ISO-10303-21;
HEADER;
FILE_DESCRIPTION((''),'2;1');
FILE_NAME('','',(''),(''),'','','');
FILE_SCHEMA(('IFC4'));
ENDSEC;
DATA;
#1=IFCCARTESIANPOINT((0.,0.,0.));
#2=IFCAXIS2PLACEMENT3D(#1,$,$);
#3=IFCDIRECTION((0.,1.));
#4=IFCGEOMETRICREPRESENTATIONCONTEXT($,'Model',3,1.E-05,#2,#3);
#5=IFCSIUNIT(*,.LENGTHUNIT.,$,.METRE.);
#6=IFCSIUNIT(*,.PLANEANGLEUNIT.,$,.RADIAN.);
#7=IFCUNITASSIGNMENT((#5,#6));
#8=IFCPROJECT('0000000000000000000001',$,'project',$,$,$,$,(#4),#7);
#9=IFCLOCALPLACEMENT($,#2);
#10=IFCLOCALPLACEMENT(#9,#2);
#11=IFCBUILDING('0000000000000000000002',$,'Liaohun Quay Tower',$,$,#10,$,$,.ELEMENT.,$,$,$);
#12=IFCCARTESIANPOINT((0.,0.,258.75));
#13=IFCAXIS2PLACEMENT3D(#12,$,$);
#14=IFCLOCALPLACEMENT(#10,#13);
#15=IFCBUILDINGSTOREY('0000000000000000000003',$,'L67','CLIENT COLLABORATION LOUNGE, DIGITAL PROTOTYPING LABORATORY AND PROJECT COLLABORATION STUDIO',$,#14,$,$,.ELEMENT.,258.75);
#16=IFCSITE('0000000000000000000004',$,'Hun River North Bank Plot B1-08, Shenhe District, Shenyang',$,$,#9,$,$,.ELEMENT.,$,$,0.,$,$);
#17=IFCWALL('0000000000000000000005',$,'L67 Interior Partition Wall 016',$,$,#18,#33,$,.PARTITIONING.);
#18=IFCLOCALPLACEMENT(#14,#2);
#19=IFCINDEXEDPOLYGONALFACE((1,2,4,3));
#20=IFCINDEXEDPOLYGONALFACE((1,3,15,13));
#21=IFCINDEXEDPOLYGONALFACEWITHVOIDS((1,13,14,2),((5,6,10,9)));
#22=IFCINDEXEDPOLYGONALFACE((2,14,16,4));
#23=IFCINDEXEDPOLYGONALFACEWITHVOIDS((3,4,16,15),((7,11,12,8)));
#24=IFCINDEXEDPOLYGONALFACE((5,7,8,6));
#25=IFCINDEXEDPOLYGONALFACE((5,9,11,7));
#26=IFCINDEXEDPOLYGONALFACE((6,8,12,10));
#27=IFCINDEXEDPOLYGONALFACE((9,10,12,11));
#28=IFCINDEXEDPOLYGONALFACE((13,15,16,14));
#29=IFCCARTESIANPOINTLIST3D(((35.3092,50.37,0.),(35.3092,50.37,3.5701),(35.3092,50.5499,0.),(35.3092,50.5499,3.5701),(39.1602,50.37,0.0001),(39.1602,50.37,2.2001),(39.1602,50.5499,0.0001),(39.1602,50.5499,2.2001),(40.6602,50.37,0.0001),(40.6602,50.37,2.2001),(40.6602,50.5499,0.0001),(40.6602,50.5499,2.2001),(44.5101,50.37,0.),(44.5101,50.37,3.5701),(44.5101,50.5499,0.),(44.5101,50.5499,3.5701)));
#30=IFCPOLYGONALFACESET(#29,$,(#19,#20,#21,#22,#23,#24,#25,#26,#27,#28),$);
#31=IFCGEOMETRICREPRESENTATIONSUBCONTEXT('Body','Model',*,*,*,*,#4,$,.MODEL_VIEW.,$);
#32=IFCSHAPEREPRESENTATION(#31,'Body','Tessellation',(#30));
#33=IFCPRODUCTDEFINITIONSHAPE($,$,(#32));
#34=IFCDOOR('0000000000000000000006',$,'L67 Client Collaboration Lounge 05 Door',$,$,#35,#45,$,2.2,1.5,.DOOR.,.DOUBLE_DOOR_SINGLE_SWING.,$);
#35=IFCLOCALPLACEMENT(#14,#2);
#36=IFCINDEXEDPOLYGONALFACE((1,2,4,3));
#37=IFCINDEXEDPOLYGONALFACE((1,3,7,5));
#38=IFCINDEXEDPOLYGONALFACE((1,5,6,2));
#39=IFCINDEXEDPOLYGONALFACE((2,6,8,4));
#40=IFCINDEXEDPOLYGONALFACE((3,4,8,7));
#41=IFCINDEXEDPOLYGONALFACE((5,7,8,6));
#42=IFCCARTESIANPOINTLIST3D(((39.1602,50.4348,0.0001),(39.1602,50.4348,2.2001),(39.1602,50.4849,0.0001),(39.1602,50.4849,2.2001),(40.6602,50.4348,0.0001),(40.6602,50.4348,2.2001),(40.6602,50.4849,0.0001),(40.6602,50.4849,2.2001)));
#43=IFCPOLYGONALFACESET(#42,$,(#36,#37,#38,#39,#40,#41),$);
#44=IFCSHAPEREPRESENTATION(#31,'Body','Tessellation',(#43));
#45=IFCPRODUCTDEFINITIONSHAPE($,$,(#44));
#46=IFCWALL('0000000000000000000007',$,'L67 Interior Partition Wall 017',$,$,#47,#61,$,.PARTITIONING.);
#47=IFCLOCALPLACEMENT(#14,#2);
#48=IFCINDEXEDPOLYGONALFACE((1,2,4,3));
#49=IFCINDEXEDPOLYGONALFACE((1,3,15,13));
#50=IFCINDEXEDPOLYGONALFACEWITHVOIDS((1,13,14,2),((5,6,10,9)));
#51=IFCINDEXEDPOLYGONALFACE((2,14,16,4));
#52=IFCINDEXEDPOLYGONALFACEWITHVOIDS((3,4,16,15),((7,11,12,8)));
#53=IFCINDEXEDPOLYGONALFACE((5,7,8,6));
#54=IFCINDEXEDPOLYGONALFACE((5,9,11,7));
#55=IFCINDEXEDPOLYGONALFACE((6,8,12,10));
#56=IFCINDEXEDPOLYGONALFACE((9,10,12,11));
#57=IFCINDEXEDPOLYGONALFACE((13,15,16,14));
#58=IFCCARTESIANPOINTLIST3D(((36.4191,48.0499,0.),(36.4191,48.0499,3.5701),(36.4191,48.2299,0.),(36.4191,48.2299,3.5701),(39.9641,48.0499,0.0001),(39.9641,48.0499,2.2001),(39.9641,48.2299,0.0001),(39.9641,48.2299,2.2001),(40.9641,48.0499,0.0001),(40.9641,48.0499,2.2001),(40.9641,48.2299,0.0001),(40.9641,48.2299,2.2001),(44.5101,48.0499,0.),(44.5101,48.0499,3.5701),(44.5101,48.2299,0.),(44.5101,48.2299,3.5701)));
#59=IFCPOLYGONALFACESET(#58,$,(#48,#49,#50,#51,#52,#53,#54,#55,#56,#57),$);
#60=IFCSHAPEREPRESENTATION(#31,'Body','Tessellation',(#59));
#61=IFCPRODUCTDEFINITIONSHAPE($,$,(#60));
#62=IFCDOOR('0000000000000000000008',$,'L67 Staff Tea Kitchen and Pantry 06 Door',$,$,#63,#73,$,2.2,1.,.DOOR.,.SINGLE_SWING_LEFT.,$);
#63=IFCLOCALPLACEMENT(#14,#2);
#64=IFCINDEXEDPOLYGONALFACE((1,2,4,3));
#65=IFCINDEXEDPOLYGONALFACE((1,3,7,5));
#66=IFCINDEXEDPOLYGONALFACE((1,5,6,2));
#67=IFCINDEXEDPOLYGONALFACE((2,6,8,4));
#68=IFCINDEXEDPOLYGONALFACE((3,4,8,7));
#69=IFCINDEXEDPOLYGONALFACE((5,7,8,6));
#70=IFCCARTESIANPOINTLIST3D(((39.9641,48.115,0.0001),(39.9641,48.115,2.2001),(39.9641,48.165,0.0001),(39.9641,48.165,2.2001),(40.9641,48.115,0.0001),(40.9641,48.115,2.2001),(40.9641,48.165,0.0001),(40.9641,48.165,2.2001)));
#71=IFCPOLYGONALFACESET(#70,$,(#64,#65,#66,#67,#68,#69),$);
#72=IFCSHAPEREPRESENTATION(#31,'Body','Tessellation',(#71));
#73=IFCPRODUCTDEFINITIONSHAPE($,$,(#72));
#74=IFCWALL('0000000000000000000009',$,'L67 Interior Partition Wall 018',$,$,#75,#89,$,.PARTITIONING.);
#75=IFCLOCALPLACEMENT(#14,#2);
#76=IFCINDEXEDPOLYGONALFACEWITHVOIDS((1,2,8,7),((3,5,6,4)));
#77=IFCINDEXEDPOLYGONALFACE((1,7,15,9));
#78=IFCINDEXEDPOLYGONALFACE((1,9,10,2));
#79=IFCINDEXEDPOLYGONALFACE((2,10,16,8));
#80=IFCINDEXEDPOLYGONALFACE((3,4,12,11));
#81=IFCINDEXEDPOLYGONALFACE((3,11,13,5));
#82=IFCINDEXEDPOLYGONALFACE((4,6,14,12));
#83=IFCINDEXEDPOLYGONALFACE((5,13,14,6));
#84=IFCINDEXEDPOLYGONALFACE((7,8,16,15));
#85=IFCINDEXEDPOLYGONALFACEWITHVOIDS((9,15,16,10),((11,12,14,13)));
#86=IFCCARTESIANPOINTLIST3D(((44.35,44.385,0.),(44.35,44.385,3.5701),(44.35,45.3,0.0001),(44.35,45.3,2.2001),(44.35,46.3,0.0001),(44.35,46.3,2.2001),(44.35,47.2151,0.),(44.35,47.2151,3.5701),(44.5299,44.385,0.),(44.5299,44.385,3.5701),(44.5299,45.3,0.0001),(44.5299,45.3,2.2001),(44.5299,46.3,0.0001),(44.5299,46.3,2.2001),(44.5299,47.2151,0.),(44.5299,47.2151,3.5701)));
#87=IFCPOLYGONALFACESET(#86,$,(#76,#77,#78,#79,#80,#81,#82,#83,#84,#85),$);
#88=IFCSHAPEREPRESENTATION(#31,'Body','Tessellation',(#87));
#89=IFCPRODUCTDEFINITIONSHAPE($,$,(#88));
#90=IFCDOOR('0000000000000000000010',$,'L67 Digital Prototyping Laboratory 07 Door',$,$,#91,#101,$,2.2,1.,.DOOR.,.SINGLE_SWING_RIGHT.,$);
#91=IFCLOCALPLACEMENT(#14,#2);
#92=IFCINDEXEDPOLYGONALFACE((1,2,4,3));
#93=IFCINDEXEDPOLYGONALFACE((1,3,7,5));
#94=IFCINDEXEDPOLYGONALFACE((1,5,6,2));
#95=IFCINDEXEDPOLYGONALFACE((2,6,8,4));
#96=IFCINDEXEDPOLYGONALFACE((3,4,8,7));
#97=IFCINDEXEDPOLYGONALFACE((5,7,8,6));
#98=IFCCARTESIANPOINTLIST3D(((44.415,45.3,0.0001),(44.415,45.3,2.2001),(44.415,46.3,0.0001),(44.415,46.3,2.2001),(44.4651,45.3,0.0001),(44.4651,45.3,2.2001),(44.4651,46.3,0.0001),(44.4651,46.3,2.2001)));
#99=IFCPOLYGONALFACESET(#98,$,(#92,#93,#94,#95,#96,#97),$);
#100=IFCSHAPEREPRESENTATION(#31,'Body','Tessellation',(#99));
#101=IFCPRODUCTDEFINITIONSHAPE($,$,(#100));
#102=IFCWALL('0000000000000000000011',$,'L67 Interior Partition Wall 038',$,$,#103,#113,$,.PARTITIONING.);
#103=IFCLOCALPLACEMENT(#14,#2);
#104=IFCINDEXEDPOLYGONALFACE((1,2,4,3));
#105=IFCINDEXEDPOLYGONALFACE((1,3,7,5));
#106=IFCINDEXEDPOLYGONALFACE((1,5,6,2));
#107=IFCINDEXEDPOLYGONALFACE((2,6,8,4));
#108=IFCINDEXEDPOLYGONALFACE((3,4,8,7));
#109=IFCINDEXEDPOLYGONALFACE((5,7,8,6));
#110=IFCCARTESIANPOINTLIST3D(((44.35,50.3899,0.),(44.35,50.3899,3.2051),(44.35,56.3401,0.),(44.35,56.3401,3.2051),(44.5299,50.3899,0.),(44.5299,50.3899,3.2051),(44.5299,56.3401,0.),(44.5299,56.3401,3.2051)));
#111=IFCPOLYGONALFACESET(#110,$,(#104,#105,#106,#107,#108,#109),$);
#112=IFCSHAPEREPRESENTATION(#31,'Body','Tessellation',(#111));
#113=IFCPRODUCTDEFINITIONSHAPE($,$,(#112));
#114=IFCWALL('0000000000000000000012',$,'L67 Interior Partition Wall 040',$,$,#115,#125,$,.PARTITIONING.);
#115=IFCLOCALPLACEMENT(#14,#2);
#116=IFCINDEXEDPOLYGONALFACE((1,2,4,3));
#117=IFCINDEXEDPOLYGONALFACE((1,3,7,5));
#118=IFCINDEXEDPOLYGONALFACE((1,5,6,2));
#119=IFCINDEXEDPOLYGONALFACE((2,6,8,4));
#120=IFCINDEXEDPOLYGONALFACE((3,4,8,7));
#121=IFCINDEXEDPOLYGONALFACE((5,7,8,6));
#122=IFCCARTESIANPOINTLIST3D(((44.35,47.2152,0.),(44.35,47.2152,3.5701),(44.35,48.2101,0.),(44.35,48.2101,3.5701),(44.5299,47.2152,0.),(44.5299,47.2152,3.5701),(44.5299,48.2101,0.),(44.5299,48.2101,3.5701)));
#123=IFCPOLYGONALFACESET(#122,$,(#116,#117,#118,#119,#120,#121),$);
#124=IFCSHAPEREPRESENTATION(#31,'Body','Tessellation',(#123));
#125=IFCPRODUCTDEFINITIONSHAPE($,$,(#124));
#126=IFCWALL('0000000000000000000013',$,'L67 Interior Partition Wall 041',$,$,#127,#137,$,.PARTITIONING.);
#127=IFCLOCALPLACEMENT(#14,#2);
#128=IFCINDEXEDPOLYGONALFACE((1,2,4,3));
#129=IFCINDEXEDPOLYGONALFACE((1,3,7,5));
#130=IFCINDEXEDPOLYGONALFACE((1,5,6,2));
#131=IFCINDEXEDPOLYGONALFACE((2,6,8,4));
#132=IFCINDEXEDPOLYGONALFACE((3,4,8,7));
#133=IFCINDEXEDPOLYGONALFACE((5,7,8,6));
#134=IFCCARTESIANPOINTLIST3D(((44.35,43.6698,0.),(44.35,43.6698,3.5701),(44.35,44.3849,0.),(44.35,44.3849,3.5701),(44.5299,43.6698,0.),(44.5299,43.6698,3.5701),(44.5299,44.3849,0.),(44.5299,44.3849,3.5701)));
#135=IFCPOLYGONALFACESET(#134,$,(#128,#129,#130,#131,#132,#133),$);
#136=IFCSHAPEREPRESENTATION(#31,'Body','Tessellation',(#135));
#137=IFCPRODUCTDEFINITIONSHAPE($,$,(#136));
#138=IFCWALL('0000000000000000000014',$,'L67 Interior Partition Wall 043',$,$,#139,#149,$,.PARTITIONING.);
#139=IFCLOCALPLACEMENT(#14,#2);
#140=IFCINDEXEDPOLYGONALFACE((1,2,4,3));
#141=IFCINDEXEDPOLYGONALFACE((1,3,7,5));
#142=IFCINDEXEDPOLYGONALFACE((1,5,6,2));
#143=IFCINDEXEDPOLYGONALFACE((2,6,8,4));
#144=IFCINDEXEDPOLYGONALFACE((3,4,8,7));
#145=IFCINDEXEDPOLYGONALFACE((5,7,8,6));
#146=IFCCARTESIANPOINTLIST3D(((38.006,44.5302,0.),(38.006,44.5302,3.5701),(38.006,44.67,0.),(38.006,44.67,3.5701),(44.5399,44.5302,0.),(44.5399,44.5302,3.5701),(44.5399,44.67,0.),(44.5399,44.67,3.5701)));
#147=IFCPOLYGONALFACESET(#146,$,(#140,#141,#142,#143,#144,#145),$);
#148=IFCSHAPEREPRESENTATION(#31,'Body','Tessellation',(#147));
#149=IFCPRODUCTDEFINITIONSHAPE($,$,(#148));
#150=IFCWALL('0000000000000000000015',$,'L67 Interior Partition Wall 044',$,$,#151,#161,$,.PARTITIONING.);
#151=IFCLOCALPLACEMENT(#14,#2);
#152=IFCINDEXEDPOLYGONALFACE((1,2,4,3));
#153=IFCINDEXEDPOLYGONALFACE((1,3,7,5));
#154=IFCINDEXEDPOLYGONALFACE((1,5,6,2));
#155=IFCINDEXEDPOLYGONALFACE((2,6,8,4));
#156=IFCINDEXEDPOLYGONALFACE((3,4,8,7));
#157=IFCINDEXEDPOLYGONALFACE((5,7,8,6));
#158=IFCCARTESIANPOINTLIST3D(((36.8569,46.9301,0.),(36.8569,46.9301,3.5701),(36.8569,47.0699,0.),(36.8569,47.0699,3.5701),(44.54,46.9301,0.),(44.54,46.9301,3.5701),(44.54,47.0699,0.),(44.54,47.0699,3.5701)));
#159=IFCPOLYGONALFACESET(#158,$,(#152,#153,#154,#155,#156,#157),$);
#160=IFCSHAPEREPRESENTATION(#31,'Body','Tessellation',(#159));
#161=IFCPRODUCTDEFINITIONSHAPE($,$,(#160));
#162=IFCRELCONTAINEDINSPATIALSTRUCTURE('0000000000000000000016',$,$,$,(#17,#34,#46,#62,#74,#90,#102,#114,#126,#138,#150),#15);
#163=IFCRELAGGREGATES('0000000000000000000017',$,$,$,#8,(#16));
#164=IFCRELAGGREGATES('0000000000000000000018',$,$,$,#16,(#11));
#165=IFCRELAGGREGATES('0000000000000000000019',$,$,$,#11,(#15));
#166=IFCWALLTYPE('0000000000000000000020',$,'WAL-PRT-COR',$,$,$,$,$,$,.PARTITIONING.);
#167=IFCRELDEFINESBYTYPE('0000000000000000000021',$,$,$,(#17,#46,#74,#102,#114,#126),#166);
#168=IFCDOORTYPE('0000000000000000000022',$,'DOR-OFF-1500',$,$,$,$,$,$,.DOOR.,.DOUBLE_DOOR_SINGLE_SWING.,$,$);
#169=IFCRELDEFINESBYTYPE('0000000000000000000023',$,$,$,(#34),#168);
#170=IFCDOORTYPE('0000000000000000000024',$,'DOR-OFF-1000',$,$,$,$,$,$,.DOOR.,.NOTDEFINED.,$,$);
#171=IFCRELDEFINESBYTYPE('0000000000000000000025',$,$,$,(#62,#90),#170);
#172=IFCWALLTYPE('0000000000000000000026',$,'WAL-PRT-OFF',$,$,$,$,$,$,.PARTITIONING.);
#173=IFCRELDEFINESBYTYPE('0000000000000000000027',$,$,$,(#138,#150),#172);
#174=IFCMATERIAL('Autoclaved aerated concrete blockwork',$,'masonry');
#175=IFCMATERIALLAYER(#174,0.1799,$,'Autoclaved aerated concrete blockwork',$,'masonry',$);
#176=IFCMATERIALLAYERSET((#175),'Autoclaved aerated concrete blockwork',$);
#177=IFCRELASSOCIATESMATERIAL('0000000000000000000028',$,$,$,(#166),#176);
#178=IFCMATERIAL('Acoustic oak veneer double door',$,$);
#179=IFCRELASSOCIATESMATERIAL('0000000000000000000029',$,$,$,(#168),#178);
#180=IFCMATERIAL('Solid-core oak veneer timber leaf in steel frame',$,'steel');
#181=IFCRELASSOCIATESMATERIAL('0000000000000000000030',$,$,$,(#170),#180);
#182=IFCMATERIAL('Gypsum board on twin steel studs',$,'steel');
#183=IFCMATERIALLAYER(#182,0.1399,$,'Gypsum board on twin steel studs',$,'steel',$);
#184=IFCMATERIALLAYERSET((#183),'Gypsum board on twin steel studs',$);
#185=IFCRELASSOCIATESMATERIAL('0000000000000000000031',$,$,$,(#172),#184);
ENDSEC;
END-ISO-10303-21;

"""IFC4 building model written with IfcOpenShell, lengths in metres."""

from ifc_helpers import new_model, si_unit, direction, frame, frame_2d, origin, place, context, subcontext, project, spatial, rectangle, extrude, source, transform, mapped, material, layer, layer_set, type_object, element, fill, save


model = new_model("IFC4")

# Units and contexts
model_context = context("Model", 3, precision=1e-05, world=origin(), true_north=direction((0.0, 1.0)))
body_context = subcontext(model_context, "Body", "Model", "MODEL_VIEW")
ifc_project = project(units=[si_unit("LENGTHUNIT", "METRE"), si_unit("PLANEANGLEUNIT", "RADIAN")], contexts=[model_context])

# Site, building, storey
site_placement = place(None, origin())
site = spatial("IfcSite", under=ifc_project, at=site_placement, Name="Hun River North Bank Plot B1-08, Shenhe District, Shenyang", CompositionType="ELEMENT", RefElevation=0.0)
building_placement = place(site_placement, origin())
building = spatial("IfcBuilding", under=site, at=building_placement, Name="Liaohun Quay Tower", CompositionType="ELEMENT")
storey_placement = place(building_placement, frame((0.0, 0.0, 258.75)))
storey = spatial("IfcBuildingStorey", under=building, at=storey_placement, Name="L67", Description="CLIENT COLLABORATION LOUNGE, DIGITAL PROTOTYPING LABORATORY AND PROJECT COLLABORATION STUDIO", CompositionType="ELEMENT", Elevation=258.75)

# Walls, openings, doors
ifc_material_1 = material(Name="Autoclaved aerated concrete blockwork", Category="masonry")
ifc_layer_1 = layer(ifc_material_1, 0.1799, Name="Autoclaved aerated concrete blockwork", Category="masonry")
ifc_layer_set_1 = layer_set([ifc_layer_1], Name="Autoclaved aerated concrete blockwork")
wall_type_1 = type_object("IfcWallType", Name="WAL-PRT-COR", PredefinedType="PARTITIONING", material=ifc_layer_set_1)
wall_1_placement = place(storey_placement, frame((35.3091, 50.46, 0.0), z_axis=(0.0, 0.0, 1.0), x_axis=(1.0, 0.0, 0.0)))
wall_1 = element("IfcWall", 1, at=wall_1_placement, inside=storey, type_object=wall_type_1, Name="L67 Interior Partition Wall 016", PredefinedType="PARTITIONING", context=body_context, shape_type="SweptSolid", body=[
    extrude(rectangle(XDim=9.2009, YDim=0.1799, at=frame_2d((4.6006, 0.0))), origin(), (0.0, 0.0, 1.0), 3.5701),
])
shared_shape_1 = source(origin(), body_context, "Body", "SweptSolid", [
    extrude(rectangle(XDim=1.5, YDim=2.2, at=frame_2d((0.75, 1.1001))), frame((0.0, 0.0999, 0.0), z_axis=(0.0, -1.0, 0.0), x_axis=(1.0, 0.0, 0.0)), (0.0, 0.0, 1.0), 0.2),
])
opening_1_placement = place(wall_1_placement, frame((3.8511, 0.0, 0.0)))
opening_1 = element("IfcOpeningElement", 2, at=opening_1_placement, cuts=wall_1, PredefinedType="OPENING", context=body_context, shape_type="MappedRepresentation", body=[
    mapped(shared_shape_1, transform((0.0, 0.0, 0.0), x_axis=(1.0, 0.0, 0.0), y_axis=(0.0, 1.0, 0.0), z_axis=(0.0, 0.0, 1.0), scale=1.0)),
])
ifc_material_2 = material(Name="Acoustic oak veneer double door")
door_type_1 = type_object("IfcDoorType", Name="DOR-OFF-1500", OperationType="DOUBLE_DOOR_SINGLE_SWING", PredefinedType="DOOR", material=ifc_material_2)
shared_shape_2 = source(origin(), body_context, "Body", "SweptSolid", [
    extrude(rectangle(XDim=1.5, YDim=2.2, at=frame_2d((0.75, 1.1001))), frame((0.0, 0.0249, 0.0), z_axis=(0.0, -1.0, 0.0), x_axis=(1.0, 0.0, 0.0)), (0.0, 0.0, 1.0), 0.05),
])
door_1_placement = place(opening_1_placement, origin())
door_1 = element("IfcDoor", 3, at=door_1_placement, inside=storey, type_object=door_type_1, Name="L67 Client Collaboration Lounge 05 Door", OperationType="DOUBLE_DOOR_SINGLE_SWING", OverallHeight=2.2, OverallWidth=1.5, PredefinedType="DOOR", context=body_context, shape_type="MappedRepresentation", body=[
    mapped(shared_shape_2, transform((0.0, 0.0, 0.0), x_axis=(1.0, 0.0, 0.0), y_axis=(0.0, 1.0, 0.0), z_axis=(0.0, 0.0, 1.0), scale=1.0)),
])
fill(opening_1, door_1)
wall_2_placement = place(storey_placement, frame((44.51, 48.1399, 0.0), z_axis=(0.0, 0.0, 1.0), x_axis=(-1.0, 0.0, 0.0)))
wall_2 = element("IfcWall", 4, at=wall_2_placement, inside=storey, type_object=wall_type_1, Name="L67 Interior Partition Wall 017", PredefinedType="PARTITIONING", context=body_context, shape_type="SweptSolid", body=[
    extrude(rectangle(XDim=8.0911, YDim=0.1799, at=frame_2d((4.0454, 0.0))), origin(), (0.0, 0.0, 1.0), 3.5701),
])
shared_shape_3 = source(origin(), body_context, "Body", "SweptSolid", [
    extrude(rectangle(XDim=1.0, YDim=2.2, at=frame_2d((0.5, 1.1001))), frame((0.0, 0.0999, 0.0), z_axis=(0.0, -1.0, 0.0), x_axis=(1.0, 0.0, 0.0)), (0.0, 0.0, 1.0), 0.2),
])
opening_2_placement = place(wall_2_placement, frame((3.5459, 0.0, 0.0)))
opening_2 = element("IfcOpeningElement", 5, at=opening_2_placement, cuts=wall_2, PredefinedType="OPENING", context=body_context, shape_type="MappedRepresentation", body=[
    mapped(shared_shape_3, transform((0.0, 0.0, 0.0), x_axis=(1.0, 0.0, 0.0), y_axis=(0.0, 1.0, 0.0), z_axis=(0.0, 0.0, 1.0), scale=1.0)),
])
ifc_material_3 = material(Name="Solid-core oak veneer timber leaf in steel frame", Category="steel")
door_type_2 = type_object("IfcDoorType", Name="DOR-OFF-1000", OperationType="NOTDEFINED", PredefinedType="DOOR", material=ifc_material_3)
shared_shape_4 = source(origin(), body_context, "Body", "SweptSolid", [
    extrude(rectangle(XDim=1.0, YDim=2.2, at=frame_2d((0.5, 1.1001))), frame((0.0, 0.0249, 0.0), z_axis=(0.0, -1.0, 0.0), x_axis=(1.0, 0.0, 0.0)), (0.0, 0.0, 1.0), 0.05),
])
door_2_placement = place(opening_2_placement, origin())
door_2 = element("IfcDoor", 6, at=door_2_placement, inside=storey, type_object=door_type_2, Name="L67 Staff Tea Kitchen and Pantry 06 Door", OperationType="SINGLE_SWING_LEFT", OverallHeight=2.2, OverallWidth=1.0, PredefinedType="DOOR", context=body_context, shape_type="MappedRepresentation", body=[
    mapped(shared_shape_4, transform((0.0, 0.0, 0.0), x_axis=(1.0, 0.0, 0.0), y_axis=(0.0, 1.0, 0.0), z_axis=(0.0, 0.0, 1.0), scale=1.0)),
])
fill(opening_2, door_2)
wall_3_placement = place(storey_placement, frame((44.4399, 44.385, 0.0), z_axis=(0.0, 0.0, 1.0), x_axis=(0.0, 1.0, 0.0)))
wall_3 = element("IfcWall", 7, at=wall_3_placement, inside=storey, type_object=wall_type_1, Name="L67 Interior Partition Wall 018", PredefinedType="PARTITIONING", context=body_context, shape_type="SweptSolid", body=[
    extrude(rectangle(XDim=2.8301, YDim=0.1799, at=frame_2d((1.415, 0.0))), origin(), (0.0, 0.0, 1.0), 3.5701),
])
opening_3_placement = place(wall_3_placement, frame((0.915, 0.0, 0.0)))
opening_3 = element("IfcOpeningElement", 8, at=opening_3_placement, cuts=wall_3, PredefinedType="OPENING", context=body_context, shape_type="MappedRepresentation", body=[
    mapped(shared_shape_3, transform((0.0, 0.0, 0.0), x_axis=(1.0, 0.0, 0.0), y_axis=(0.0, 1.0, 0.0), z_axis=(0.0, 0.0, 1.0), scale=1.0)),
])
door_3_placement = place(opening_3_placement, origin())
door_3 = element("IfcDoor", 9, at=door_3_placement, inside=storey, type_object=door_type_2, Name="L67 Digital Prototyping Laboratory 07 Door", OperationType="SINGLE_SWING_RIGHT", OverallHeight=2.2, OverallWidth=1.0, PredefinedType="DOOR", context=body_context, shape_type="MappedRepresentation", body=[
    mapped(shared_shape_4, transform((0.0, 0.0, 0.0), x_axis=(1.0, 0.0, 0.0), y_axis=(0.0, 1.0, 0.0), z_axis=(0.0, 0.0, 1.0), scale=1.0)),
])
fill(opening_3, door_3)

# Walls
wall_4_placement = place(storey_placement, frame((44.4399, 50.3899, 0.0), z_axis=(0.0, 0.0, 1.0), x_axis=(0.0, 1.0, 0.0)))
element("IfcWall", 10, at=wall_4_placement, inside=storey, type_object=wall_type_1, Name="L67 Interior Partition Wall 038", PredefinedType="PARTITIONING", context=body_context, shape_type="SweptSolid", body=[
    extrude(rectangle(XDim=5.9502, YDim=0.1799, at=frame_2d((2.9751, 0.0))), origin(), (0.0, 0.0, 1.0), 3.2051),
])
wall_5_placement = place(storey_placement, frame((44.4399, 47.2151, 0.0), z_axis=(0.0, 0.0, 1.0), x_axis=(0.0, 1.0, 0.0)))
element("IfcWall", 11, at=wall_5_placement, inside=storey, type_object=wall_type_1, Name="L67 Interior Partition Wall 040", PredefinedType="PARTITIONING", context=body_context, shape_type="SweptSolid", body=[
    extrude(rectangle(XDim=0.9949, YDim=0.1799, at=frame_2d((0.4976, 0.0))), origin(), (0.0, 0.0, 1.0), 3.5701),
])
wall_6_placement = place(storey_placement, frame((44.4399, 43.6699, 0.0), z_axis=(0.0, 0.0, 1.0), x_axis=(0.0, 1.0, 0.0)))
element("IfcWall", 12, at=wall_6_placement, inside=storey, type_object=wall_type_1, Name="L67 Interior Partition Wall 041", PredefinedType="PARTITIONING", context=body_context, shape_type="SweptSolid", body=[
    extrude(rectangle(XDim=0.7151, YDim=0.1799, at=frame_2d((0.3574, 0.0))), origin(), (0.0, 0.0, 1.0), 3.5701),
])
ifc_material_4 = material(Name="Gypsum board on twin steel studs", Category="steel")
ifc_layer_2 = layer(ifc_material_4, 0.1399, Name="Gypsum board on twin steel studs", Category="steel")
ifc_layer_set_2 = layer_set([ifc_layer_2], Name="Gypsum board on twin steel studs")
wall_type_2 = type_object("IfcWallType", Name="WAL-PRT-OFF", PredefinedType="PARTITIONING", material=ifc_layer_set_2)
wall_7_placement = place(storey_placement, frame((44.54, 44.6001, 0.0), z_axis=(0.0, 0.0, 1.0), x_axis=(-1.0, 0.0, 0.0)))
element("IfcWall", 13, at=wall_7_placement, inside=storey, type_object=wall_type_2, Name="L67 Interior Partition Wall 043", PredefinedType="PARTITIONING", context=body_context, shape_type="SweptSolid", body=[
    extrude(rectangle(XDim=6.5339, YDim=0.1399, at=frame_2d((3.2671, 0.0))), origin(), (0.0, 0.0, 1.0), 3.5701),
])
wall_8_placement = place(storey_placement, frame((44.54, 47.0, 0.0), z_axis=(0.0, 0.0, 1.0), x_axis=(-1.0, 0.0, 0.0)))
element("IfcWall", 14, at=wall_8_placement, inside=storey, type_object=wall_type_2, Name="L67 Interior Partition Wall 044", PredefinedType="PARTITIONING", context=body_context, shape_type="SweptSolid", body=[
    extrude(rectangle(XDim=7.6831, YDim=0.1399, at=frame_2d((3.8416, 0.0))), origin(), (0.0, 0.0, 1.0), 3.5701),
])

save(model, "model.ifc")
